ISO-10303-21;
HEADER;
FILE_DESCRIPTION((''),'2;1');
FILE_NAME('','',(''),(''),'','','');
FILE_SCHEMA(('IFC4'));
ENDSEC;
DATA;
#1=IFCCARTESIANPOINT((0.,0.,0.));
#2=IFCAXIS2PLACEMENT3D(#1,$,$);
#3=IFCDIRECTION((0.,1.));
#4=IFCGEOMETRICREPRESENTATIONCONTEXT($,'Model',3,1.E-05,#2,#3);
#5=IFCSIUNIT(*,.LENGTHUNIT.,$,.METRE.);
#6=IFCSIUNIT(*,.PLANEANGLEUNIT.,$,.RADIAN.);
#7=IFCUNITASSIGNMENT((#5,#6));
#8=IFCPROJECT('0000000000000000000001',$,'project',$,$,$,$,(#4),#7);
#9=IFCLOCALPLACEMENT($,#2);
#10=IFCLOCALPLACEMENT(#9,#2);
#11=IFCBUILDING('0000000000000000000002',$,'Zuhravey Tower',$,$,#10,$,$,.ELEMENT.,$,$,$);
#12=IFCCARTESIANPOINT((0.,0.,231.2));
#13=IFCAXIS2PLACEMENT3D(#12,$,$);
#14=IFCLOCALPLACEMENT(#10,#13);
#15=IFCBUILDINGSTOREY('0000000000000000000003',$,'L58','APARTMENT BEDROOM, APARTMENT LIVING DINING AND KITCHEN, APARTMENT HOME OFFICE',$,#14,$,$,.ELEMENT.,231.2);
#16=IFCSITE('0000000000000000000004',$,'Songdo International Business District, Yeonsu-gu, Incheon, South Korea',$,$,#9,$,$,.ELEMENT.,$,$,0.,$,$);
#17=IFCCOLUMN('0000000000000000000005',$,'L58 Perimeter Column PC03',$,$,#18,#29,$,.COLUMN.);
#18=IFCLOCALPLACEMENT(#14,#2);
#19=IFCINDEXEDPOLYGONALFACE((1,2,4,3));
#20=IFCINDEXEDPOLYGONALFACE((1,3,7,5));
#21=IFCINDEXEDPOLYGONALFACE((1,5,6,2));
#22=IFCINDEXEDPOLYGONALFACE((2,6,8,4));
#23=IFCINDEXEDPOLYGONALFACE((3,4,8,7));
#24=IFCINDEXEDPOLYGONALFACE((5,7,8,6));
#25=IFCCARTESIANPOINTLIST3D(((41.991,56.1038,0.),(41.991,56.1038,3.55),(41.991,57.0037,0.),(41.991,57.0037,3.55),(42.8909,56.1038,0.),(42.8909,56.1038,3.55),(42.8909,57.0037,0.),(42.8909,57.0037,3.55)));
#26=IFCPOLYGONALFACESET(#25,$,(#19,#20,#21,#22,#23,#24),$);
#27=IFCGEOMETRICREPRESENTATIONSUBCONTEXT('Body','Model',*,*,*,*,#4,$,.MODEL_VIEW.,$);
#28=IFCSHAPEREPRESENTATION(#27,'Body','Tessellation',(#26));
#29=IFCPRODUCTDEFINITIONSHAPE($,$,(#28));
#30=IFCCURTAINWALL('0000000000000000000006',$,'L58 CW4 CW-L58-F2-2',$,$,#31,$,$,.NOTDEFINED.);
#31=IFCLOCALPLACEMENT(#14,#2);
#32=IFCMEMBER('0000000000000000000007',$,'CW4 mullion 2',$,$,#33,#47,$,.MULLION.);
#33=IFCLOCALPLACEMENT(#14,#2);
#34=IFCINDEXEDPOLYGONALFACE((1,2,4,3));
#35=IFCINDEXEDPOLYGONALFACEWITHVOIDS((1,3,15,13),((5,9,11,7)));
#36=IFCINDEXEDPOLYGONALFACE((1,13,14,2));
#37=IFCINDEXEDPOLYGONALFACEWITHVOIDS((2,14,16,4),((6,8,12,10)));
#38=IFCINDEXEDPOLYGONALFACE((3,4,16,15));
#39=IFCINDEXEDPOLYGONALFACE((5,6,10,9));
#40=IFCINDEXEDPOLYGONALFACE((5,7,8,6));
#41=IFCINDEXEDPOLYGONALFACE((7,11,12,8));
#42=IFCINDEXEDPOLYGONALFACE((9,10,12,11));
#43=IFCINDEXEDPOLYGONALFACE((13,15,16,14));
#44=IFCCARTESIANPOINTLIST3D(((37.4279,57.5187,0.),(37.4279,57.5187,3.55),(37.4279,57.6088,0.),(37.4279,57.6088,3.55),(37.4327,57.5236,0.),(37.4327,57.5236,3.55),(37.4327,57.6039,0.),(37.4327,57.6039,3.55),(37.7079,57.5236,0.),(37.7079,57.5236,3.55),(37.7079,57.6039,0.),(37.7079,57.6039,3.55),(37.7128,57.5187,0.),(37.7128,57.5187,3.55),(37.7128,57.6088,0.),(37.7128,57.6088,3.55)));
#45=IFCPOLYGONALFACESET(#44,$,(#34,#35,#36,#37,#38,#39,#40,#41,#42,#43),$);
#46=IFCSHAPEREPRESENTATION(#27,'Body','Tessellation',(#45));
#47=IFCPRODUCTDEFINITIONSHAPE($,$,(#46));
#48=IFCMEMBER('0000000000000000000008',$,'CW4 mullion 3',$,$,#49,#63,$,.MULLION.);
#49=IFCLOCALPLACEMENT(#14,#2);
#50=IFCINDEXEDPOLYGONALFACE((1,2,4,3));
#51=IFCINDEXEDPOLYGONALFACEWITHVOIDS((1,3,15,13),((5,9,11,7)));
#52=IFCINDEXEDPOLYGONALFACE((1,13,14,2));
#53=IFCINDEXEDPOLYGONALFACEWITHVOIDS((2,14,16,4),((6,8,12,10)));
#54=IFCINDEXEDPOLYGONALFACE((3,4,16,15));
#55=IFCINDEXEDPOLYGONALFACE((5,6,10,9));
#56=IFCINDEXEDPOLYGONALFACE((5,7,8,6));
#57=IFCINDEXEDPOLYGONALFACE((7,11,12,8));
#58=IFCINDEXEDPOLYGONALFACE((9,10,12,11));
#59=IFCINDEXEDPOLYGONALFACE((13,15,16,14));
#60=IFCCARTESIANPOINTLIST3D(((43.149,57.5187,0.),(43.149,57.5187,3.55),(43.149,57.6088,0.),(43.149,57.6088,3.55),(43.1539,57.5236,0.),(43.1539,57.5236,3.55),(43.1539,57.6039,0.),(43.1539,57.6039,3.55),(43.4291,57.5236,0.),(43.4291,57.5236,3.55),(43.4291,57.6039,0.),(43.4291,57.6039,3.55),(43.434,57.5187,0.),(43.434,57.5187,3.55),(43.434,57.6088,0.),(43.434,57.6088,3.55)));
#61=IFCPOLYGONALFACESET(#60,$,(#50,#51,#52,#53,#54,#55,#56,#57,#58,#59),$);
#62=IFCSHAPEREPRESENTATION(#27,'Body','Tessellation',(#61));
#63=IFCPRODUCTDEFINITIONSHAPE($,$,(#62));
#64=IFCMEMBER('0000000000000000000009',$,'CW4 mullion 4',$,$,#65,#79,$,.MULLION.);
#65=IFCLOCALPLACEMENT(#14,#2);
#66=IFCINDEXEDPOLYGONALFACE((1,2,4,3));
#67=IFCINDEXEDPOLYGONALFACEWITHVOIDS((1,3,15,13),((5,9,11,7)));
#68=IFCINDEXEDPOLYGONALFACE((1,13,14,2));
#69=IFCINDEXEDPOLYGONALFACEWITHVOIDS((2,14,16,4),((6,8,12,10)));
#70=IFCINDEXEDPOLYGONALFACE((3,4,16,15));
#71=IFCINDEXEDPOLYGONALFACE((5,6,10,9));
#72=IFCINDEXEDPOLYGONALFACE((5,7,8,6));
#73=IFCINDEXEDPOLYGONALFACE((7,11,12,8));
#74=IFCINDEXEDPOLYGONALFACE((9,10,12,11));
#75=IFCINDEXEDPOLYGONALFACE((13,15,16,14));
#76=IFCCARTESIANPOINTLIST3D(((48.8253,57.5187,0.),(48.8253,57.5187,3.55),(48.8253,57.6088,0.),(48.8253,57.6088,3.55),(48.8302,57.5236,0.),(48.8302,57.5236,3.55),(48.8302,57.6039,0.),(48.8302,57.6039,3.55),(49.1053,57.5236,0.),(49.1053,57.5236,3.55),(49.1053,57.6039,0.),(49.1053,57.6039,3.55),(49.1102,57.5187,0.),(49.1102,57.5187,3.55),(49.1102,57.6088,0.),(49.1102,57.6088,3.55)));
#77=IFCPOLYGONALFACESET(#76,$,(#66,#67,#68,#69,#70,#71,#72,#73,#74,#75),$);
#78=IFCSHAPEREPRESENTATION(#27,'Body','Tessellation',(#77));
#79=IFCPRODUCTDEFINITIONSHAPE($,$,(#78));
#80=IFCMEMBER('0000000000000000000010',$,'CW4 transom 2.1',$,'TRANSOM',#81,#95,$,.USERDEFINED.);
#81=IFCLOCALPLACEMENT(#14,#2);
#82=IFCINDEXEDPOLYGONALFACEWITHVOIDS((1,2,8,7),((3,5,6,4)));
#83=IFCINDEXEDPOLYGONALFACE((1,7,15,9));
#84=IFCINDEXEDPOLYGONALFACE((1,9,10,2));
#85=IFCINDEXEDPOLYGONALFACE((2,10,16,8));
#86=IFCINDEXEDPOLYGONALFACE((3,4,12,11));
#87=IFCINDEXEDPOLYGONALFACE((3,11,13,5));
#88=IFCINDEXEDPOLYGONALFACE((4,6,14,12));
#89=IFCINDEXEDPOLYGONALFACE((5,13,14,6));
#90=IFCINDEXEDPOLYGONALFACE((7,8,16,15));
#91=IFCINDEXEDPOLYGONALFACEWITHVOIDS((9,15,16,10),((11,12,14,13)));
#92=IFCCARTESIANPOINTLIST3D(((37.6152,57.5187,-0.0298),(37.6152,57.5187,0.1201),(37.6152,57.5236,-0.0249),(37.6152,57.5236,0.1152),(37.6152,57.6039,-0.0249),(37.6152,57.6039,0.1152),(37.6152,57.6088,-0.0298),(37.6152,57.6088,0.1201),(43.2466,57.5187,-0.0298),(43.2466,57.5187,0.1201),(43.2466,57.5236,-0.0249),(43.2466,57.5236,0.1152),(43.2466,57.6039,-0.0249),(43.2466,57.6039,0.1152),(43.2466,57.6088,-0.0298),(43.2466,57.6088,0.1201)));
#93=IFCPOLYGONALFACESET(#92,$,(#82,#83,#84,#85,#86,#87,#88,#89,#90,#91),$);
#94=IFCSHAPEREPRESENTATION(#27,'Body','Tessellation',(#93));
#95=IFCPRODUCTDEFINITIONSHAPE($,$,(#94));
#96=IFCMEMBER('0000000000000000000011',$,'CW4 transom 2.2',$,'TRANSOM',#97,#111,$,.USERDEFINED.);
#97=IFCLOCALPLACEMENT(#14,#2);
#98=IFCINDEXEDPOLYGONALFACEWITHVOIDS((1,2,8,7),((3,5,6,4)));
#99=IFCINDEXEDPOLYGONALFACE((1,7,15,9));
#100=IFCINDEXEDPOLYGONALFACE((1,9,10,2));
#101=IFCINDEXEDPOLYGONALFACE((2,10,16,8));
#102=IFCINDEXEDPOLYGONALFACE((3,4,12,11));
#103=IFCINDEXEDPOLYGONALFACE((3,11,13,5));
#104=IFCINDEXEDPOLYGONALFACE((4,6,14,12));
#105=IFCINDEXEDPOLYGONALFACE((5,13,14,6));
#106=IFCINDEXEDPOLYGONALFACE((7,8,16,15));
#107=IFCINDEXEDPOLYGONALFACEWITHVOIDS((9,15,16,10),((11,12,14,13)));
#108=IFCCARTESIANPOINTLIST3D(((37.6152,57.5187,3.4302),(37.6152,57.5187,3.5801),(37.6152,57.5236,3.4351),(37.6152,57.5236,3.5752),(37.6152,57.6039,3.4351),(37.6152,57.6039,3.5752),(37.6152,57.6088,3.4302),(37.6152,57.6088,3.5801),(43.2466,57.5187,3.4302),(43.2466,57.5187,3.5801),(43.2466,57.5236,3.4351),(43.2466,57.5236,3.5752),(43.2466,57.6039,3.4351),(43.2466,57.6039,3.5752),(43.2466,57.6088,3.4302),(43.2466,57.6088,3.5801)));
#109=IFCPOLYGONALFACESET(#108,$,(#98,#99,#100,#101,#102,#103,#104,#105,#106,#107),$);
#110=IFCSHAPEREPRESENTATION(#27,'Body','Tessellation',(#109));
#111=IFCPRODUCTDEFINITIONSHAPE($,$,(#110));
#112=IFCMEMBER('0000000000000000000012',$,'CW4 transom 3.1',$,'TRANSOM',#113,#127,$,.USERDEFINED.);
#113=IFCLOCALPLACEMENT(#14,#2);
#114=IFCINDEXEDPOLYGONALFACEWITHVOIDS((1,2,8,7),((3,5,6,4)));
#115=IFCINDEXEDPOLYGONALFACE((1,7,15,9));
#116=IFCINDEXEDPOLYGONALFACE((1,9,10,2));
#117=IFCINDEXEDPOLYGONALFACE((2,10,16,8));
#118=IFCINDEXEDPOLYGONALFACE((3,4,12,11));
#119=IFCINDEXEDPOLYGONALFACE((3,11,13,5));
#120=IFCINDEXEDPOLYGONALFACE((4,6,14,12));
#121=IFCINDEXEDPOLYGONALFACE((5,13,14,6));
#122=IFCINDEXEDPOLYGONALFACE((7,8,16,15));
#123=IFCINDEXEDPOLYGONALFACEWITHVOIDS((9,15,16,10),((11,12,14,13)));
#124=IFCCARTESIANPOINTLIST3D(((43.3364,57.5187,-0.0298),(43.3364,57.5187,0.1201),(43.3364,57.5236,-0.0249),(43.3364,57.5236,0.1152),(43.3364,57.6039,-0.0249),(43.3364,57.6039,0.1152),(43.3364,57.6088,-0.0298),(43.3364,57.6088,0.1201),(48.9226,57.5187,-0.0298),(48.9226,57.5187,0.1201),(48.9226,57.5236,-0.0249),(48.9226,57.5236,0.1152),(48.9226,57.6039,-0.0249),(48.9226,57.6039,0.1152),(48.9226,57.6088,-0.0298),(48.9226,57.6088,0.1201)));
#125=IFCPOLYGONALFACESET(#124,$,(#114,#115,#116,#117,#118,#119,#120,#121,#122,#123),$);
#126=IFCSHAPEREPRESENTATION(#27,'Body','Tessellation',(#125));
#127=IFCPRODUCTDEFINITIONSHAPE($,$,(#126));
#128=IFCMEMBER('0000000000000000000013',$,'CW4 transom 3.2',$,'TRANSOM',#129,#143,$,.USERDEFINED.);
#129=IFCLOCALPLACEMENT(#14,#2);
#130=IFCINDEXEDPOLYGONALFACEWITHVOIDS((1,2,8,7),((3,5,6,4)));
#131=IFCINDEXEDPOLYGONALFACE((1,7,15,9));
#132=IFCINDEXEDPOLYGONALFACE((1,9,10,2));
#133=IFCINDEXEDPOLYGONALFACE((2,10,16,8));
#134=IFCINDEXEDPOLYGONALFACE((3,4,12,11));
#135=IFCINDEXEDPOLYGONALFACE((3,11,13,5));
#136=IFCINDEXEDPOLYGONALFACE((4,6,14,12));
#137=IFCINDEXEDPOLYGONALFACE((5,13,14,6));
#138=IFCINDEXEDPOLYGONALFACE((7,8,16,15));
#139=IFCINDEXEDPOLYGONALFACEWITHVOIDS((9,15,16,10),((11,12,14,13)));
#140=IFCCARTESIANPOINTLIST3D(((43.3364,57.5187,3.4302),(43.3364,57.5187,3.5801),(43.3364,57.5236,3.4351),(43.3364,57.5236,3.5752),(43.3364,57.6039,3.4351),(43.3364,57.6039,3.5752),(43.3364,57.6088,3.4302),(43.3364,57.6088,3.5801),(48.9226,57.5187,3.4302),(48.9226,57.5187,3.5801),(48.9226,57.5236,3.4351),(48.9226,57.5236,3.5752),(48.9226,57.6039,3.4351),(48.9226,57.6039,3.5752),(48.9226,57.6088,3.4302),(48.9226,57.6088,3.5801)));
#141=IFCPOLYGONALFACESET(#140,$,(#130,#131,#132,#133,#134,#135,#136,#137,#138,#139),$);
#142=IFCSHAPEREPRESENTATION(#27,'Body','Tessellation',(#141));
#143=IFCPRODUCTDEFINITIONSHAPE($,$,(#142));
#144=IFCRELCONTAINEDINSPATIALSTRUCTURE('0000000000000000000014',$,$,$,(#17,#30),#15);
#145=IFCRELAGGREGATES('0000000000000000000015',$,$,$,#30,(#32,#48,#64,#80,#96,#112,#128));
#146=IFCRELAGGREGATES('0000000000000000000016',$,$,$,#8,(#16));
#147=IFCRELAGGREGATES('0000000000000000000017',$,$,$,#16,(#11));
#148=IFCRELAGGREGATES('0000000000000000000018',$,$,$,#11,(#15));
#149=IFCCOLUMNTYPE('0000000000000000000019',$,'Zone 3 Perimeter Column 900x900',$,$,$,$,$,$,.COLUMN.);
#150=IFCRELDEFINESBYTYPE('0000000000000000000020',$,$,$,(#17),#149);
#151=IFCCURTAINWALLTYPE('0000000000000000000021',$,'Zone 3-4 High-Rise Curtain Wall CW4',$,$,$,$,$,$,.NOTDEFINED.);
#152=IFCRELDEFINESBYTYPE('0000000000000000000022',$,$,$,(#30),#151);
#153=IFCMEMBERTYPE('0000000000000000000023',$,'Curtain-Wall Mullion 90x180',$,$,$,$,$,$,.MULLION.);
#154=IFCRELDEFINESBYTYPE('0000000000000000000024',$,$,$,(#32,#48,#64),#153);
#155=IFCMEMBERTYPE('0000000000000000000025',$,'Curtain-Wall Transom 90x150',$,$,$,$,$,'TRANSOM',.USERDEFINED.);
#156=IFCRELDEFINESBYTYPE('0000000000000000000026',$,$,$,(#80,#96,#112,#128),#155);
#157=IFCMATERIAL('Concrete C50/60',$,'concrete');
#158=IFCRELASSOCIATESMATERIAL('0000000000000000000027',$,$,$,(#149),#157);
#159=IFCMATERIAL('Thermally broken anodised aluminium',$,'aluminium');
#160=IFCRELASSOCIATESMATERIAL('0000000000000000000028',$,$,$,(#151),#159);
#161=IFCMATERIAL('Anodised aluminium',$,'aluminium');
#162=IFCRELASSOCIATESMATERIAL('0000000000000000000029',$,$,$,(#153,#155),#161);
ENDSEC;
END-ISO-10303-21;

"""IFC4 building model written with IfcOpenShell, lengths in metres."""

from ifc_helpers import new_model, si_unit, direction, frame, origin, origin_2d, place, context, subcontext, project, spatial, rectangle, hollow_rectangle, extrude, material, material_profile, profile_set, type_object, element, aggregate, save


model = new_model("IFC4")

# Units and contexts
model_context = context("Model", 3, precision=1e-05, world=origin(), true_north=direction((0.0, 1.0)))
body_context = subcontext(model_context, "Body", "Model", "MODEL_VIEW")
ifc_project = project(units=[si_unit("LENGTHUNIT", "METRE"), si_unit("PLANEANGLEUNIT", "RADIAN")], contexts=[model_context])

# Site, building, storey
site_placement = place(None, origin())
site = spatial("IfcSite", under=ifc_project, at=site_placement, Name="Songdo International Business District, Yeonsu-gu, Incheon, South Korea", CompositionType="ELEMENT", RefElevation=0.0)
building_placement = place(site_placement, origin())
building = spatial("IfcBuilding", under=site, at=building_placement, Name="Zuhravey Tower", CompositionType="ELEMENT")
storey_placement = place(building_placement, frame((0.0, 0.0, 231.2)))
storey = spatial("IfcBuildingStorey", under=building, at=storey_placement, Name="L58", Description="APARTMENT BEDROOM, APARTMENT LIVING DINING AND KITCHEN, APARTMENT HOME OFFICE", CompositionType="ELEMENT", Elevation=231.2)

# Column
ifc_material_1 = material(Name="Concrete C50/60", Category="concrete")
ifc_material_profile_1 = material_profile(ifc_material_1, rectangle(XDim=0.8999, YDim=0.8999, at=origin_2d()), Name="RC-900x900")
ifc_profile_set_1 = profile_set([ifc_material_profile_1], Name="Concrete C50/60")
column_type = type_object("IfcColumnType", Name="Zone 3 Perimeter Column 900x900", PredefinedType="COLUMN", material=ifc_profile_set_1)
column_placement = place(storey_placement, frame((42.4409, 56.5537, 0.0), z_axis=(0.0, 0.0, 1.0), x_axis=(-1.0, 0.0, 0.0)))
element("IfcColumn", 1, at=column_placement, inside=storey, type_object=column_type, Name="L58 Perimeter Column PC03", PredefinedType="COLUMN", context=body_context, shape_type="SweptSolid", body=[
    extrude(rectangle(XDim=0.8999, YDim=0.8999, at=origin_2d()), origin(), (0.0, 0.0, 1.0), 3.55),
])

# Curtain wall, members
ifc_material_2 = material(Name="Thermally broken anodised aluminium", Category="aluminium")
curtain_wall_type = type_object("IfcCurtainWallType", Name="Zone 3-4 High-Rise Curtain Wall CW4", PredefinedType="NOTDEFINED", material=ifc_material_2)
curtain_wall_placement = place(storey_placement, origin())
curtain_wall = element("IfcCurtainWall", 2, at=curtain_wall_placement, inside=storey, type_object=curtain_wall_type, Name="L58 CW4 CW-L58-F2-2", PredefinedType="NOTDEFINED")
ifc_material_3 = material(Name="Anodised aluminium", Category="aluminium")
ifc_material_profile_2 = material_profile(ifc_material_3, hollow_rectangle(XDim=0.0901, YDim=0.2849, WallThickness=0.0049, at=origin_2d()), Name="ALU-RHS-90x285x5")
ifc_profile_set_2 = profile_set([ifc_material_profile_2], Name="Anodised aluminium")
member_type_1 = type_object("IfcMemberType", Name="Curtain-Wall Mullion 90x180", PredefinedType="MULLION", material=ifc_profile_set_2)
member_1_placement = place(storey_placement, frame((37.5703, 57.5637, 0.0), z_axis=(0.0, 0.0, 1.0), x_axis=(0.0, 1.0, 0.0)))
member_1 = element("IfcMember", 3, at=member_1_placement, type_object=member_type_1, Name="CW4 mullion 2", PredefinedType="MULLION", context=body_context, shape_type="SweptSolid", body=[
    extrude(hollow_rectangle(XDim=0.0901, YDim=0.2849, WallThickness=0.0049, at=origin_2d()), origin(), (0.0, 0.0, 1.0), 3.55),
])
member_2_placement = place(storey_placement, frame((43.2915, 57.5637, 0.0), z_axis=(0.0, 0.0, 1.0), x_axis=(0.0, 1.0, 0.0)))
member_2 = element("IfcMember", 4, at=member_2_placement, type_object=member_type_1, Name="CW4 mullion 3", PredefinedType="MULLION", context=body_context, shape_type="SweptSolid", body=[
    extrude(hollow_rectangle(XDim=0.0901, YDim=0.2849, WallThickness=0.0049, at=origin_2d()), origin(), (0.0, 0.0, 1.0), 3.55),
])
member_3_placement = place(storey_placement, frame((48.9678, 57.5637, 0.0), z_axis=(0.0, 0.0, 1.0), x_axis=(0.0, 1.0, 0.0)))
member_3 = element("IfcMember", 5, at=member_3_placement, type_object=member_type_1, Name="CW4 mullion 4", PredefinedType="MULLION", context=body_context, shape_type="SweptSolid", body=[
    extrude(hollow_rectangle(XDim=0.0901, YDim=0.2849, WallThickness=0.0049, at=origin_2d()), origin(), (0.0, 0.0, 1.0), 3.55),
])
ifc_material_profile_3 = material_profile(ifc_material_3, hollow_rectangle(XDim=0.0901, YDim=0.1499, WallThickness=0.0049, at=origin_2d()), Name="ALU-RHS-90x150x5")
ifc_profile_set_3 = profile_set([ifc_material_profile_3], Name="Anodised aluminium")
member_type_2 = type_object("IfcMemberType", Name="Curtain-Wall Transom 90x150", ElementType="TRANSOM", PredefinedType="USERDEFINED", material=ifc_profile_set_3)
member_4_placement = place(storey_placement, frame((37.6152, 57.5637, 0.0452), z_axis=(1.0, 0.0, 0.0), x_axis=(0.0, 1.0, 0.0)))
member_4 = element("IfcMember", 6, at=member_4_placement, type_object=member_type_2, Name="CW4 transom 2.1", ObjectType="TRANSOM", PredefinedType="USERDEFINED", context=body_context, shape_type="SweptSolid", body=[
    extrude(hollow_rectangle(XDim=0.0901, YDim=0.1499, WallThickness=0.0049, at=origin_2d()), origin(), (0.0, 0.0, 1.0), 5.6313),
])
member_5_placement = place(storey_placement, frame((37.6152, 57.5637, 3.5051), z_axis=(1.0, 0.0, 0.0), x_axis=(0.0, 1.0, 0.0)))
member_5 = element("IfcMember", 7, at=member_5_placement, type_object=member_type_2, Name="CW4 transom 2.2", ObjectType="TRANSOM", PredefinedType="USERDEFINED", context=body_context, shape_type="SweptSolid", body=[
    extrude(hollow_rectangle(XDim=0.0901, YDim=0.1499, WallThickness=0.0049, at=origin_2d()), origin(), (0.0, 0.0, 1.0), 5.6313),
])
member_6_placement = place(storey_placement, frame((43.3364, 57.5637, 0.0452), z_axis=(1.0, 0.0, 0.0), x_axis=(0.0, 1.0, 0.0)))
member_6 = element("IfcMember", 8, at=member_6_placement, type_object=member_type_2, Name="CW4 transom 3.1", ObjectType="TRANSOM", PredefinedType="USERDEFINED", context=body_context, shape_type="SweptSolid", body=[
    extrude(hollow_rectangle(XDim=0.0901, YDim=0.1499, WallThickness=0.0049, at=origin_2d()), origin(), (0.0, 0.0, 1.0), 5.5862),
])
member_7_placement = place(storey_placement, frame((43.3364, 57.5637, 3.5051), z_axis=(1.0, 0.0, 0.0), x_axis=(0.0, 1.0, 0.0)))
member_7 = element("IfcMember", 9, at=member_7_placement, type_object=member_type_2, Name="CW4 transom 3.2", ObjectType="TRANSOM", PredefinedType="USERDEFINED", context=body_context, shape_type="SweptSolid", body=[
    extrude(hollow_rectangle(XDim=0.0901, YDim=0.1499, WallThickness=0.0049, at=origin_2d()), origin(), (0.0, 0.0, 1.0), 5.5862),
])

aggregate(curtain_wall, [member_1, member_2, member_3, member_4, member_5, member_6, member_7])

save(model, "model.ifc")
